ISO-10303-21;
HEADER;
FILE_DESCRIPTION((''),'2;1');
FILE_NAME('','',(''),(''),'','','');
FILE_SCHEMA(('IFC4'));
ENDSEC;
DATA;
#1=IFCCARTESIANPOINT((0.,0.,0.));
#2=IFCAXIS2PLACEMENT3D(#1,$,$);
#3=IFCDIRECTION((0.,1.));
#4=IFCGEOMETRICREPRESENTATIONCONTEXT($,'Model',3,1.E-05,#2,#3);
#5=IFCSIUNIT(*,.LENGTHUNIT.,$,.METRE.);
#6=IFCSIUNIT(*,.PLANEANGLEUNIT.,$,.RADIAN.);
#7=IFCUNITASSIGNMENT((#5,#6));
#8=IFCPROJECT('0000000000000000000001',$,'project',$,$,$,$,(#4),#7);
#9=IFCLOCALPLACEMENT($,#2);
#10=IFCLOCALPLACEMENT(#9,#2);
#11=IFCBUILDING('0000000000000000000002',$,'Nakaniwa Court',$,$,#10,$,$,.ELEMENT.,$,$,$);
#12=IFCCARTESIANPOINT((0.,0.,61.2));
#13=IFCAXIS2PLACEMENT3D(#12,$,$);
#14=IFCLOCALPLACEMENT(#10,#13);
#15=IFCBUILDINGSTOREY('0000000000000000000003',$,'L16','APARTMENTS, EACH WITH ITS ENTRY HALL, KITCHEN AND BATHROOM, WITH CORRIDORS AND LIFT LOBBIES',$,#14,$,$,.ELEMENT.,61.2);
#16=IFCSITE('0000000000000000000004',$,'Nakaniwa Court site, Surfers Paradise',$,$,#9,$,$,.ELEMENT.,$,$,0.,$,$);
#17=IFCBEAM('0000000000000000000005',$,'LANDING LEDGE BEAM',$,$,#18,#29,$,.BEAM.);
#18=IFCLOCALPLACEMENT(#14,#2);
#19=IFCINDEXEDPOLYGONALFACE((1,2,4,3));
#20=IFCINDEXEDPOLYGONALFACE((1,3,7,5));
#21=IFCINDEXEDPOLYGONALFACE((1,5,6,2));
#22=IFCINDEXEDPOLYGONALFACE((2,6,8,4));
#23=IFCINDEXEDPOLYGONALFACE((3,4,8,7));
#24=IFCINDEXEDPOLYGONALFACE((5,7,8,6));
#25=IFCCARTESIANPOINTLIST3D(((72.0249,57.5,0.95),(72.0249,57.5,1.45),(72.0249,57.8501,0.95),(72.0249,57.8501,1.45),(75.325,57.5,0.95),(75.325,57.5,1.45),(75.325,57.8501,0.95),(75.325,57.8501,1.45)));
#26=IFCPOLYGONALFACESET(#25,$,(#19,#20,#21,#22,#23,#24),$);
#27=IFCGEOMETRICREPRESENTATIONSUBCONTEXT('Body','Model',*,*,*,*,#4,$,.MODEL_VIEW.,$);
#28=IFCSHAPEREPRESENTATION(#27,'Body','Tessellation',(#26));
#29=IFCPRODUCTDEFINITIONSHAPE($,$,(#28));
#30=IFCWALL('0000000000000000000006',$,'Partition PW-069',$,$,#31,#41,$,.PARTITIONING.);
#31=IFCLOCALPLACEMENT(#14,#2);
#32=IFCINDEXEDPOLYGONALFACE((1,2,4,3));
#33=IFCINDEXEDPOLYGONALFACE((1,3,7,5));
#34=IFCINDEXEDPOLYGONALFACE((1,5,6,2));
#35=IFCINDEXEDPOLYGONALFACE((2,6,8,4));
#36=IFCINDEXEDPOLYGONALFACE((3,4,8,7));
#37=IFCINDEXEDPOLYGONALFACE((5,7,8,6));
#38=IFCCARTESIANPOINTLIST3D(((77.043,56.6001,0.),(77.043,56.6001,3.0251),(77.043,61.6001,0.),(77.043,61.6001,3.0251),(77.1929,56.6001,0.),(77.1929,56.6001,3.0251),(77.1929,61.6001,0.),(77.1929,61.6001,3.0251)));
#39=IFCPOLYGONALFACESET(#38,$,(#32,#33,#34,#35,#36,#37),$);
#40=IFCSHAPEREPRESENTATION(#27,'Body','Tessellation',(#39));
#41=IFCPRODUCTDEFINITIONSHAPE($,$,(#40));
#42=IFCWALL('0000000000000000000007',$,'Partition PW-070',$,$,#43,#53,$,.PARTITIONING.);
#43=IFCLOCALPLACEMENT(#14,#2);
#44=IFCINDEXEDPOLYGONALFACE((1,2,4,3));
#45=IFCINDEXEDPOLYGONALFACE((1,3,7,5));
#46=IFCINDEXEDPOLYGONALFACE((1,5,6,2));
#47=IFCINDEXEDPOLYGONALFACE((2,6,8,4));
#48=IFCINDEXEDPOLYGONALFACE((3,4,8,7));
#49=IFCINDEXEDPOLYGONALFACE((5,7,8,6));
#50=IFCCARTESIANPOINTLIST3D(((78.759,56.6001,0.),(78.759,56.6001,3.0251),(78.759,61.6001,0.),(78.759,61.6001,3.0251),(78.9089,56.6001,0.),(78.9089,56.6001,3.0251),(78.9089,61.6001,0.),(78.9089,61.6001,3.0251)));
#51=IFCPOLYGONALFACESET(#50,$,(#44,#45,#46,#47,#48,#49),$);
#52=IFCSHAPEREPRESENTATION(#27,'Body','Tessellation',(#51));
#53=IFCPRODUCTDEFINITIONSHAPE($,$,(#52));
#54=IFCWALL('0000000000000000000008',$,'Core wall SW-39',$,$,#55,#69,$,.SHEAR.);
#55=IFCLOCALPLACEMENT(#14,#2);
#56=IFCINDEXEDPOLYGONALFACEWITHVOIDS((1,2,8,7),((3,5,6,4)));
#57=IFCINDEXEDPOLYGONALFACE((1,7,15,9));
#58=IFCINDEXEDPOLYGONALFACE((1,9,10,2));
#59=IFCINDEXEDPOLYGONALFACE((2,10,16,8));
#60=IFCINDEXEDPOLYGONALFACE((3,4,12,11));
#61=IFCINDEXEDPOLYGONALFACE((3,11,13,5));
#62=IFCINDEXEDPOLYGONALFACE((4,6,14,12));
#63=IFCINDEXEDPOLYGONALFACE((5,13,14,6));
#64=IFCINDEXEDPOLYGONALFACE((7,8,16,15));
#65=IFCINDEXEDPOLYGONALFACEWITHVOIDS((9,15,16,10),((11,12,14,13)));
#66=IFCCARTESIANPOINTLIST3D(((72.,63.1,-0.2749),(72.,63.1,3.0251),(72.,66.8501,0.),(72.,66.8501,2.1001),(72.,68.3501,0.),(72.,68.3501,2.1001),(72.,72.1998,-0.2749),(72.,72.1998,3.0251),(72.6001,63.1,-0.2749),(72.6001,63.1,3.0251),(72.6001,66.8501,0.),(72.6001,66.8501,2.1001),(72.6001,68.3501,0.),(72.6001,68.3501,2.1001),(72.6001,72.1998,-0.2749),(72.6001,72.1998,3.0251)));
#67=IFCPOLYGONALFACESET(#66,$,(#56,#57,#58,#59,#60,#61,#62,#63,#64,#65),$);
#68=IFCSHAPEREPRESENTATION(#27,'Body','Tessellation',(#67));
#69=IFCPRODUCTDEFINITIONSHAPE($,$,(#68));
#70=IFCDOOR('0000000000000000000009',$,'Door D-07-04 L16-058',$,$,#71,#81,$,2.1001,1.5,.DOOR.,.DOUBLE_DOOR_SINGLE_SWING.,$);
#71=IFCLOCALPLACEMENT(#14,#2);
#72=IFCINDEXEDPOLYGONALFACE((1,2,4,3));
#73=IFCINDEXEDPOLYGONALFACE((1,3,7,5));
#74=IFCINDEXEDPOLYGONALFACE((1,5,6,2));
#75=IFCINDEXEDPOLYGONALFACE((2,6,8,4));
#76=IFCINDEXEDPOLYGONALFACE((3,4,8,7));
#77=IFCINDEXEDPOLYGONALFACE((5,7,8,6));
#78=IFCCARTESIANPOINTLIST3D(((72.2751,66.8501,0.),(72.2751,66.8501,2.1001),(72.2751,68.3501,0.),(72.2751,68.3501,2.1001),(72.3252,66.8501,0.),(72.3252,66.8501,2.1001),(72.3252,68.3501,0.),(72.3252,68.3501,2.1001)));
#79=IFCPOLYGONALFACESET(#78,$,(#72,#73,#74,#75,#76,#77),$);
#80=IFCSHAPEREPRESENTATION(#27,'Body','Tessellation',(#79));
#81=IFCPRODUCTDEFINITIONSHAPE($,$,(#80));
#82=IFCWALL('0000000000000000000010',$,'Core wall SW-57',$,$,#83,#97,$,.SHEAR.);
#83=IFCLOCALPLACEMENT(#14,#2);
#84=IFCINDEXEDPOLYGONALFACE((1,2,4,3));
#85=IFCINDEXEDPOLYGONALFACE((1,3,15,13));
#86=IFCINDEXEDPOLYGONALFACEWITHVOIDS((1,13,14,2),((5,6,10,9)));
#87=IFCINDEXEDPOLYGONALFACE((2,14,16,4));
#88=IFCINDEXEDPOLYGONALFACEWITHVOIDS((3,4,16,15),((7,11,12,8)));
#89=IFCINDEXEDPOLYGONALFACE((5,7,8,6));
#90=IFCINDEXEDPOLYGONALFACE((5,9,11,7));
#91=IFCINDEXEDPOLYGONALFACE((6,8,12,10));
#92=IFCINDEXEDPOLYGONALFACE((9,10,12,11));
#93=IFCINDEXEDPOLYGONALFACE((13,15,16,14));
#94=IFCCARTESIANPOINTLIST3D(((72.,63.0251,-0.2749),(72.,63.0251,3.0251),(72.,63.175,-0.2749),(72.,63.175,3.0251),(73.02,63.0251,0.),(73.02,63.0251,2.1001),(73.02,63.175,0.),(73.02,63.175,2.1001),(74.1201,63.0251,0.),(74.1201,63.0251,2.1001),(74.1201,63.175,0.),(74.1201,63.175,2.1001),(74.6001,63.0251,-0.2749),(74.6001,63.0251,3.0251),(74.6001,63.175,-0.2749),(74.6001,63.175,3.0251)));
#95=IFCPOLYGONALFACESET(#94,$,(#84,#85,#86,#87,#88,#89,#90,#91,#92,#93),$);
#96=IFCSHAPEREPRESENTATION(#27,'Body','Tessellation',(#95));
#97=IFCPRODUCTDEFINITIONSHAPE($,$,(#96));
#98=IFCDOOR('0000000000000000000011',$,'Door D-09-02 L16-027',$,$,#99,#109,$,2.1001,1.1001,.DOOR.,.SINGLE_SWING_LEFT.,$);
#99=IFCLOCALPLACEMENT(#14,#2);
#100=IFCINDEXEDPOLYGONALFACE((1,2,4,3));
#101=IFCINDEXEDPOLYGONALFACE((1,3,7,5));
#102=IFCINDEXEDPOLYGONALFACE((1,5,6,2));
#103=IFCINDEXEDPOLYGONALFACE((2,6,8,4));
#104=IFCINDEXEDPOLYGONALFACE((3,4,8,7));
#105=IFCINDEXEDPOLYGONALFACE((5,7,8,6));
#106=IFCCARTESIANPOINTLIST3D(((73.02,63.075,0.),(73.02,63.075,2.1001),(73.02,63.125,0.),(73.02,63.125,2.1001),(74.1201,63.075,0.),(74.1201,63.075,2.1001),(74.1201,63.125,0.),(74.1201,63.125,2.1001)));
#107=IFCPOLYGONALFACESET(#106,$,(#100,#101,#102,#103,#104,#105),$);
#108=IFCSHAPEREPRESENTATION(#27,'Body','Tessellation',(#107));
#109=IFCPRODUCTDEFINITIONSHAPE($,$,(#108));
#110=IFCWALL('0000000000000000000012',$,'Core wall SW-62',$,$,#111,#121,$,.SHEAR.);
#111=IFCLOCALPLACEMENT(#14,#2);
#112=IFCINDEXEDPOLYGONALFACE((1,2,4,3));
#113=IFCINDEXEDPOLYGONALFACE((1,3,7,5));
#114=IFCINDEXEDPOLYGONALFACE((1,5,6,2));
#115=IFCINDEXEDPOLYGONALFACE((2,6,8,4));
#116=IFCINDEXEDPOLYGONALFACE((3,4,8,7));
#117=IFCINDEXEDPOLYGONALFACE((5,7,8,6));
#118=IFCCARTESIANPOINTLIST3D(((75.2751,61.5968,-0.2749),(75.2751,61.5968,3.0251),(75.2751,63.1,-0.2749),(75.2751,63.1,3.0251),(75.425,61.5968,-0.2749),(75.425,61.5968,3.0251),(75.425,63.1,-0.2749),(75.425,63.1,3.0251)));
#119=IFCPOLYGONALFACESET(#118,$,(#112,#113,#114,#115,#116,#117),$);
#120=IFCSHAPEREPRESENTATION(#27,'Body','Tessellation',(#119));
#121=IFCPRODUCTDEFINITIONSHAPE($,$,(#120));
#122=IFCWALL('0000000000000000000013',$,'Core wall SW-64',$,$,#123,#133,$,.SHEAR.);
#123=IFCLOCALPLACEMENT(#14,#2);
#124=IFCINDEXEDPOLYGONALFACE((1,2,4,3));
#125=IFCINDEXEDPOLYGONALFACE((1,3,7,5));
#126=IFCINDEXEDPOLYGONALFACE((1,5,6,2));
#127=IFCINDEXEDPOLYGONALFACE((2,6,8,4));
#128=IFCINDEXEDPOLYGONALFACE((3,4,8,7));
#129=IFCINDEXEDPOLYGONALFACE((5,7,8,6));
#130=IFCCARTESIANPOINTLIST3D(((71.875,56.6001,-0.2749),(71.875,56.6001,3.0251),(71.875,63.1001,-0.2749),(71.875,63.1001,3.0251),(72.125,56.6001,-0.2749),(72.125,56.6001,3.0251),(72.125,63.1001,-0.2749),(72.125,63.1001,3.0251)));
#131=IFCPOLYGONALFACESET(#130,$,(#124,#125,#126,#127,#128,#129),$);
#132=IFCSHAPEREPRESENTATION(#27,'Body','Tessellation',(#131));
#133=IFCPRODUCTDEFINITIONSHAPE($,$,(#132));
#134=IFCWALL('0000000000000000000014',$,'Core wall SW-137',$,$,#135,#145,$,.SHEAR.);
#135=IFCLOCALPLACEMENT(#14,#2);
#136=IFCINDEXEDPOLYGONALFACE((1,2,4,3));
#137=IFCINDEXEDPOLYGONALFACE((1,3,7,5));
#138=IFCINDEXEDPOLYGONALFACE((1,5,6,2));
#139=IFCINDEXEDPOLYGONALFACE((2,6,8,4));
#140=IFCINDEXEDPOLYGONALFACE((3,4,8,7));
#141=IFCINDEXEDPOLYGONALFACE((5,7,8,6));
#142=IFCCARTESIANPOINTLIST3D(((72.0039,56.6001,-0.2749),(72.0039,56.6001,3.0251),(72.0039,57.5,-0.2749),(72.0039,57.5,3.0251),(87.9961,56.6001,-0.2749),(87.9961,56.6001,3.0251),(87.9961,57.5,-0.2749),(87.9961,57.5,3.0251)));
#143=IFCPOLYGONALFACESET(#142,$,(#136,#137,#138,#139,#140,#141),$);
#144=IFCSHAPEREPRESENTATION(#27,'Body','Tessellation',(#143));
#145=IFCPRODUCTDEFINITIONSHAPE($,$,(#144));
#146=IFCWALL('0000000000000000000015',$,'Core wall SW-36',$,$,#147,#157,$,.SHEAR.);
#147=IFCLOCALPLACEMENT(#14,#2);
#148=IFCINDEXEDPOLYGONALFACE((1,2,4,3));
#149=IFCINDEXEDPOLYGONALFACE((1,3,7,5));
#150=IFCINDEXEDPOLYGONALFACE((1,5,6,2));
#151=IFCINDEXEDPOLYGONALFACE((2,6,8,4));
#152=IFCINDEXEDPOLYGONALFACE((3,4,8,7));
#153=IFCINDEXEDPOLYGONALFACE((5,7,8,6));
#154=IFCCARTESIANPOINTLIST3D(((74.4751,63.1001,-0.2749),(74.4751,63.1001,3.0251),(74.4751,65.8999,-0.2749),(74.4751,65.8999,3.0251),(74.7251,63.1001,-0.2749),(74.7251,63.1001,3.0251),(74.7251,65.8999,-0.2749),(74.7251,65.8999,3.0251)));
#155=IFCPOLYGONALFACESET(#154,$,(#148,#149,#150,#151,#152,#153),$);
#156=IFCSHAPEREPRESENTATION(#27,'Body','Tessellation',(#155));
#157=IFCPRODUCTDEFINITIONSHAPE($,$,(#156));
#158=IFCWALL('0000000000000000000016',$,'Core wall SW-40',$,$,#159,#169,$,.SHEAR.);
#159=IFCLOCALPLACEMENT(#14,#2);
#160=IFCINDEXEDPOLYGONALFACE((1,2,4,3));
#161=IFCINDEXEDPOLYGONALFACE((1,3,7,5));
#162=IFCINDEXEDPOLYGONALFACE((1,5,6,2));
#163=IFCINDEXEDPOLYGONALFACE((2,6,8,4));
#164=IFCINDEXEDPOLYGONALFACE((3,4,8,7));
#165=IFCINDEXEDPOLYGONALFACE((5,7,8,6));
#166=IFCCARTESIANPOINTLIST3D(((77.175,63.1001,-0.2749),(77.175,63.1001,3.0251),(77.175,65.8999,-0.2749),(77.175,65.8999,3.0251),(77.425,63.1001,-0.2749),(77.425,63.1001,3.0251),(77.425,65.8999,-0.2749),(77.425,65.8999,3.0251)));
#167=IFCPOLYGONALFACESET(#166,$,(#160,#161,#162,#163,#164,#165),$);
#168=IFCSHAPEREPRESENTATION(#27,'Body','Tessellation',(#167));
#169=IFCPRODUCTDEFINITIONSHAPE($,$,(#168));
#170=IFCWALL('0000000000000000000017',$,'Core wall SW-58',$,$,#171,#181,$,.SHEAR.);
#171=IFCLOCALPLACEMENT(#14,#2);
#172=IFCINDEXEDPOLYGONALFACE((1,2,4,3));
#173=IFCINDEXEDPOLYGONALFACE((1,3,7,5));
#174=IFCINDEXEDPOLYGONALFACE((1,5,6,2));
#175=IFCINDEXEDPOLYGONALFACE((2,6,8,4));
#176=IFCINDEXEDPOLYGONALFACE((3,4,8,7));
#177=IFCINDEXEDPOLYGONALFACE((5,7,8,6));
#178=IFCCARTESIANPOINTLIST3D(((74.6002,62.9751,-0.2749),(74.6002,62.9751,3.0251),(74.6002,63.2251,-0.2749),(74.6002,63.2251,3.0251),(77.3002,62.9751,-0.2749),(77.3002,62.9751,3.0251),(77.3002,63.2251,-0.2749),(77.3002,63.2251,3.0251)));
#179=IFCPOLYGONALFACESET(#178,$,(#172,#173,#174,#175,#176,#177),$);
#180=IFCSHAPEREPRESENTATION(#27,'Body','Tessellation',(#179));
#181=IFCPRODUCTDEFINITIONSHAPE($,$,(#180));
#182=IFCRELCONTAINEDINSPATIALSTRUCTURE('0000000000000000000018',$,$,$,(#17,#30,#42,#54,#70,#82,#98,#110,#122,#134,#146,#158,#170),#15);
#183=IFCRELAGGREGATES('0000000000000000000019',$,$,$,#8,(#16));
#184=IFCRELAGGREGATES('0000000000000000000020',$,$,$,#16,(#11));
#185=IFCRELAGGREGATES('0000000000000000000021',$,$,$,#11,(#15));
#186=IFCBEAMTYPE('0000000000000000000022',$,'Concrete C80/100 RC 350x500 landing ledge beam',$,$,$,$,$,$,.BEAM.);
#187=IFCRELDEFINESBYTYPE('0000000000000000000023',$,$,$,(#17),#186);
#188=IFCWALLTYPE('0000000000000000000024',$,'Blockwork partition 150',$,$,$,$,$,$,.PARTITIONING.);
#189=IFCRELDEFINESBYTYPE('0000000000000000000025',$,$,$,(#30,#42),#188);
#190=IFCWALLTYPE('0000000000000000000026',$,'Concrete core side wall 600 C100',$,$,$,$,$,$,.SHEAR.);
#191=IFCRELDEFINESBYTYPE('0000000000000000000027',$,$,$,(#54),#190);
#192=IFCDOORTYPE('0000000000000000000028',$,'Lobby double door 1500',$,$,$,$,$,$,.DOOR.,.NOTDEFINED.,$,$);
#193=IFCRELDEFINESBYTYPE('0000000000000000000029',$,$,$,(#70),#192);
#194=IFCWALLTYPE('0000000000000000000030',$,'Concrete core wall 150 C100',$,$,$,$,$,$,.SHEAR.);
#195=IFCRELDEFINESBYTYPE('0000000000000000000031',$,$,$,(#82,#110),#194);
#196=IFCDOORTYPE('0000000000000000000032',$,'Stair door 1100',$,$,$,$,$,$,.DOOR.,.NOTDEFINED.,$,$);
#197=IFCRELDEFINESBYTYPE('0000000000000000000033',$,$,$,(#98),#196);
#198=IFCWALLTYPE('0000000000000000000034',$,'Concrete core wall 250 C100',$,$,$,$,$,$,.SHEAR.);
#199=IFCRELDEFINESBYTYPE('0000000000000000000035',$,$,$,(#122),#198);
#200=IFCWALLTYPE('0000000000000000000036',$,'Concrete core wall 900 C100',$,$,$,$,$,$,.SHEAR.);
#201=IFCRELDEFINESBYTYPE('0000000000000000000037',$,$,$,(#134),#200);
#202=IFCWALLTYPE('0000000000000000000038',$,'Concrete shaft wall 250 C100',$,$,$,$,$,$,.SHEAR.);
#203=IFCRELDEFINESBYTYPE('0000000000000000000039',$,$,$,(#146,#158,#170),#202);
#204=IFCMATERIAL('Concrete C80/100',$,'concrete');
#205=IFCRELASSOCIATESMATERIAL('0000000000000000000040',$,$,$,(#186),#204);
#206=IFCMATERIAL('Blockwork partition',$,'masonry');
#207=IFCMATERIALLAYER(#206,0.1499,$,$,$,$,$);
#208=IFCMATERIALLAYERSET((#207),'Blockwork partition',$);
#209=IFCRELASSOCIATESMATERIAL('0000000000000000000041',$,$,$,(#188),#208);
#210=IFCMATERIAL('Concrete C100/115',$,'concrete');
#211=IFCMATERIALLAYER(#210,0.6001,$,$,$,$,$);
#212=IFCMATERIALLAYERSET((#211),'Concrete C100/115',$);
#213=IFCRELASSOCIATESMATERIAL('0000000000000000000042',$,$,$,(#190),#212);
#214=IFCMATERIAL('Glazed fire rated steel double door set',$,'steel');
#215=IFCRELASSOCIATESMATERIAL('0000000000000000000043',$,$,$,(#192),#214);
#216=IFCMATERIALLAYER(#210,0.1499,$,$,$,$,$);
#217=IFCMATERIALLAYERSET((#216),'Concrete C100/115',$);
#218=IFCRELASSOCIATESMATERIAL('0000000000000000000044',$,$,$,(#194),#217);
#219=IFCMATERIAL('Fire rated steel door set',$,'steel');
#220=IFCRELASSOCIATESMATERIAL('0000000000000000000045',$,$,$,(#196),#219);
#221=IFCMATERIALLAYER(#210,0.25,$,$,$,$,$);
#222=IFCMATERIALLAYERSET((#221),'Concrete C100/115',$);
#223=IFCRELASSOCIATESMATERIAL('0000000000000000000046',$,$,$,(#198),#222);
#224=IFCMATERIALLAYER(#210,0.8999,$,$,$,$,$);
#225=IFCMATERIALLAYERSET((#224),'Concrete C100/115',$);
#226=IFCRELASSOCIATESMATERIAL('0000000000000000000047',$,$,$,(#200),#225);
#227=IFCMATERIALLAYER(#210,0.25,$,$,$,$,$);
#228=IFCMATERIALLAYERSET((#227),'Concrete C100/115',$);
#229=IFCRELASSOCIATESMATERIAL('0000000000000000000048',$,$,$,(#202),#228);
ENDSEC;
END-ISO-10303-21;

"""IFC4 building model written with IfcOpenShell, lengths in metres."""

from ifc_helpers import new_model, si_unit, direction, frame, frame_2d, origin, origin_2d, place, context, subcontext, project, spatial, rectangle, extrude, material, layer, layer_set, material_profile, profile_set, type_object, element, fill, save


model = new_model("IFC4")

# Units and contexts
model_context = context("Model", 3, precision=1e-05, world=origin(), true_north=direction((0.0, 1.0)))
body_context = subcontext(model_context, "Body", "Model", "MODEL_VIEW")
ifc_project = project(units=[si_unit("LENGTHUNIT", "METRE"), si_unit("PLANEANGLEUNIT", "RADIAN")], contexts=[model_context])

# Site, building, storey
site_placement = place(None, origin())
site = spatial("IfcSite", under=ifc_project, at=site_placement, Name="Nakaniwa Court site, Surfers Paradise", CompositionType="ELEMENT", RefElevation=0.0)
building_placement = place(site_placement, origin())
building = spatial("IfcBuilding", under=site, at=building_placement, Name="Nakaniwa Court", CompositionType="ELEMENT")
storey_placement = place(building_placement, frame((0.0, 0.0, 61.2)))
storey = spatial("IfcBuildingStorey", under=building, at=storey_placement, Name="L16", Description="APARTMENTS, EACH WITH ITS ENTRY HALL, KITCHEN AND BATHROOM, WITH CORRIDORS AND LIFT LOBBIES", CompositionType="ELEMENT", Elevation=61.2)

# Beam
ifc_material_1 = material(Name="Concrete C80/100", Category="concrete")
ifc_material_profile = material_profile(ifc_material_1, rectangle(XDim=0.3501, YDim=0.5, at=origin_2d()), Name="Concrete C80/100 RC 350x500 landing ledge beam")
ifc_profile_set = profile_set([ifc_material_profile], Name="Concrete C80/100")
beam_type = type_object("IfcBeamType", Name="Concrete C80/100 RC 350x500 landing ledge beam", PredefinedType="BEAM", material=ifc_profile_set)
beam_placement = place(storey_placement, frame((72.0249, 57.675, 1.2), z_axis=(1.0, 0.0, 0.0), x_axis=(0.0, 1.0, 0.0)))
element("IfcBeam", 1, at=beam_placement, inside=storey, type_object=beam_type, Name="LANDING LEDGE BEAM", PredefinedType="BEAM", context=body_context, shape_type="SweptSolid", body=[
    extrude(rectangle(XDim=0.3501, YDim=0.5, at=origin_2d()), origin(), (0.0, 0.0, 1.0), 3.3),
])

# Walls
ifc_material_2 = material(Name="Blockwork partition", Category="masonry")
ifc_layer_1 = layer(ifc_material_2, 0.1499)
ifc_layer_set_1 = layer_set([ifc_layer_1], Name="Blockwork partition")
wall_type_1 = type_object("IfcWallType", Name="Blockwork partition 150", PredefinedType="PARTITIONING", material=ifc_layer_set_1)
for number, where, z_axis, x_axis, name in (
    (2, (77.1179, 56.6001, 0.0), (0.0, 0.0, 1.0), (0.0, 1.0, 0.0), "Partition PW-069"),
    (3, (78.834, 56.6001, 0.0), (0.0, 0.0, 1.0), (0.0, 1.0, 0.0), "Partition PW-070"),
):
    element("IfcWall", number, at=place(storey_placement, frame(where, z_axis=z_axis, x_axis=x_axis)), inside=storey, type_object=wall_type_1, Name=name, PredefinedType="PARTITIONING", context=body_context, shape_type="SweptSolid", body=[
        extrude(rectangle(XDim=5.0, YDim=0.1499, at=frame_2d((2.5, 0.0))), origin(), (0.0, 0.0, 1.0), 3.0251),
    ])

# Walls, openings, doors
ifc_material_3 = material(Name="Concrete C100/115", Category="concrete")
ifc_layer_2 = layer(ifc_material_3, 0.6001)
ifc_layer_set_2 = layer_set([ifc_layer_2], Name="Concrete C100/115")
wall_type_2 = type_object("IfcWallType", Name="Concrete core side wall 600 C100", PredefinedType="SHEAR", material=ifc_layer_set_2)
wall_1_placement = place(storey_placement, frame((72.3, 63.1001, -0.2749), z_axis=(0.0, 0.0, 1.0), x_axis=(0.0, 1.0, 0.0)))
wall_1 = element("IfcWall", 4, at=wall_1_placement, inside=storey, type_object=wall_type_2, Name="Core wall SW-39", PredefinedType="SHEAR", context=body_context, shape_type="SweptSolid", body=[
    extrude(rectangle(XDim=9.0999, YDim=0.6001, at=frame_2d((4.5498, 0.0))), origin(), (0.0, 0.0, 1.0), 3.3),
])
opening_1_placement = place(wall_1_placement, frame((3.75, 0.0, 0.2749)))
opening_1 = element("IfcOpeningElement", 5, at=opening_1_placement, cuts=wall_1, PredefinedType="OPENING", context=body_context, shape_type="SweptSolid", body=[
    extrude(rectangle(XDim=1.5, YDim=2.1001, at=frame_2d((0.75, 1.05))), frame((0.0, 0.3101, 0.0), z_axis=(0.0, -1.0, 0.0), x_axis=(1.0, 0.0, 0.0)), (0.0, 0.0, 1.0), 0.6201),
])
ifc_material_4 = material(Name="Glazed fire rated steel double door set", Category="steel")
door_type_1 = type_object("IfcDoorType", Name="Lobby double door 1500", OperationType="NOTDEFINED", PredefinedType="DOOR", material=ifc_material_4)
door_1_placement = place(opening_1_placement, origin())
door_1 = element("IfcDoor", 6, at=door_1_placement, inside=storey, type_object=door_type_1, Name="Door D-07-04 L16-058", OperationType="DOUBLE_DOOR_SINGLE_SWING", OverallHeight=2.1001, OverallWidth=1.5, PredefinedType="DOOR", context=body_context, shape_type="SweptSolid", body=[
    extrude(rectangle(XDim=1.5, YDim=2.1001, at=frame_2d((0.75, 1.05))), frame((0.0, 0.0249, 0.0), z_axis=(0.0, -1.0, 0.0), x_axis=(1.0, 0.0, 0.0)), (0.0, 0.0, 1.0), 0.05),
])
fill(opening_1, door_1)
ifc_layer_3 = layer(ifc_material_3, 0.1499)
ifc_layer_set_3 = layer_set([ifc_layer_3], Name="Concrete C100/115")
wall_type_3 = type_object("IfcWallType", Name="Concrete core wall 150 C100", PredefinedType="SHEAR", material=ifc_layer_set_3)
wall_2_placement = place(storey_placement, frame((72.0, 63.1001, -0.2749), z_axis=(0.0, 0.0, 1.0), x_axis=(1.0, 0.0, 0.0)))
wall_2 = element("IfcWall", 7, at=wall_2_placement, inside=storey, type_object=wall_type_3, Name="Core wall SW-57", PredefinedType="SHEAR", context=body_context, shape_type="SweptSolid", body=[
    extrude(rectangle(XDim=2.6001, YDim=0.1499, at=frame_2d((1.3, 0.0))), origin(), (0.0, 0.0, 1.0), 3.3),
])
opening_2_placement = place(wall_2_placement, frame((1.02, 0.0, 0.2749)))
opening_2 = element("IfcOpeningElement", 8, at=opening_2_placement, cuts=wall_2, PredefinedType="OPENING", context=body_context, shape_type="SweptSolid", body=[
    extrude(rectangle(XDim=1.1001, YDim=2.1001, at=frame_2d((0.55, 1.05))), frame((0.0, 0.085, 0.0), z_axis=(0.0, -1.0, 0.0), x_axis=(1.0, 0.0, 0.0)), (0.0, 0.0, 1.0), 0.1699),
])
ifc_material_5 = material(Name="Fire rated steel door set", Category="steel")
door_type_2 = type_object("IfcDoorType", Name="Stair door 1100", OperationType="NOTDEFINED", PredefinedType="DOOR", material=ifc_material_5)
door_2_placement = place(opening_2_placement, origin())
door_2 = element("IfcDoor", 9, at=door_2_placement, inside=storey, type_object=door_type_2, Name="Door D-09-02 L16-027", OperationType="SINGLE_SWING_LEFT", OverallHeight=2.1001, OverallWidth=1.1001, PredefinedType="DOOR", context=body_context, shape_type="SweptSolid", body=[
    extrude(rectangle(XDim=1.1001, YDim=2.1001, at=frame_2d((0.55, 1.05))), frame((0.0, 0.0249, 0.0), z_axis=(0.0, -1.0, 0.0), x_axis=(1.0, 0.0, 0.0)), (0.0, 0.0, 1.0), 0.05),
])
fill(opening_2, door_2)

# Walls
wall_3_placement = place(storey_placement, frame((75.3501, 61.5969, -0.2749), z_axis=(0.0, 0.0, 1.0), x_axis=(0.0, 1.0, 0.0)))
element("IfcWall", 10, at=wall_3_placement, inside=storey, type_object=wall_type_3, Name="Core wall SW-62", PredefinedType="SHEAR", context=body_context, shape_type="SweptSolid", body=[
    extrude(rectangle(XDim=1.5032, YDim=0.1499, at=frame_2d((0.7515, 0.0))), origin(), (0.0, 0.0, 1.0), 3.3),
])
ifc_layer_4 = layer(ifc_material_3, 0.25)
ifc_layer_set_4 = layer_set([ifc_layer_4], Name="Concrete C100/115")
wall_type_4 = type_object("IfcWallType", Name="Concrete core wall 250 C100", PredefinedType="SHEAR", material=ifc_layer_set_4)
wall_4_placement = place(storey_placement, frame((72.0, 56.6001, -0.2749), z_axis=(0.0, 0.0, 1.0), x_axis=(0.0, 1.0, 0.0)))
element("IfcWall", 11, at=wall_4_placement, inside=storey, type_object=wall_type_4, Name="Core wall SW-64", PredefinedType="SHEAR", context=body_context, shape_type="SweptSolid", body=[
    extrude(rectangle(XDim=6.5, YDim=0.25, at=frame_2d((3.25, 0.0))), origin(), (0.0, 0.0, 1.0), 3.3),
])
ifc_layer_5 = layer(ifc_material_3, 0.8999)
ifc_layer_set_5 = layer_set([ifc_layer_5], Name="Concrete C100/115")
wall_type_5 = type_object("IfcWallType", Name="Concrete core wall 900 C100", PredefinedType="SHEAR", material=ifc_layer_set_5)
wall_5_placement = place(storey_placement, frame((72.0039, 57.05, -0.2749), z_axis=(0.0, 0.0, 1.0), x_axis=(1.0, 0.0, 0.0)))
element("IfcWall", 12, at=wall_5_placement, inside=storey, type_object=wall_type_5, Name="Core wall SW-137", PredefinedType="SHEAR", context=body_context, shape_type="SweptSolid", body=[
    extrude(rectangle(XDim=15.9922, YDim=0.8999, at=frame_2d((7.9961, 0.0))), origin(), (0.0, 0.0, 1.0), 3.3),
])
ifc_layer_6 = layer(ifc_material_3, 0.25)
ifc_layer_set_6 = layer_set([ifc_layer_6], Name="Concrete C100/115")
wall_type_6 = type_object("IfcWallType", Name="Concrete shaft wall 250 C100", PredefinedType="SHEAR", material=ifc_layer_set_6)
for number, where, z_axis, x_axis, name in (
    (13, (74.6001, 63.1001, -0.2749), (0.0, 0.0, 1.0), (0.0, 1.0, 0.0), "Core wall SW-36"),
    (14, (77.3, 63.1001, -0.2749), (0.0, 0.0, 1.0), (0.0, 1.0, 0.0), "Core wall SW-40"),
):
    element("IfcWall", number, at=place(storey_placement, frame(where, z_axis=z_axis, x_axis=x_axis)), inside=storey, type_object=wall_type_6, Name=name, PredefinedType="SHEAR", context=body_context, shape_type="SweptSolid", body=[
        extrude(rectangle(XDim=2.7998, YDim=0.25, at=frame_2d((1.3999, 0.0))), origin(), (0.0, 0.0, 1.0), 3.3),
    ])
wall_6_placement = place(storey_placement, frame((74.6001, 63.1001, -0.2749), z_axis=(0.0, 0.0, 1.0), x_axis=(1.0, 0.0, 0.0)))
element("IfcWall", 15, at=wall_6_placement, inside=storey, type_object=wall_type_6, Name="Core wall SW-58", PredefinedType="SHEAR", context=body_context, shape_type="SweptSolid", body=[
    extrude(rectangle(XDim=2.7, YDim=0.25, at=frame_2d((1.3501, 0.0))), origin(), (0.0, 0.0, 1.0), 3.3),
])

save(model, "model.ifc")
